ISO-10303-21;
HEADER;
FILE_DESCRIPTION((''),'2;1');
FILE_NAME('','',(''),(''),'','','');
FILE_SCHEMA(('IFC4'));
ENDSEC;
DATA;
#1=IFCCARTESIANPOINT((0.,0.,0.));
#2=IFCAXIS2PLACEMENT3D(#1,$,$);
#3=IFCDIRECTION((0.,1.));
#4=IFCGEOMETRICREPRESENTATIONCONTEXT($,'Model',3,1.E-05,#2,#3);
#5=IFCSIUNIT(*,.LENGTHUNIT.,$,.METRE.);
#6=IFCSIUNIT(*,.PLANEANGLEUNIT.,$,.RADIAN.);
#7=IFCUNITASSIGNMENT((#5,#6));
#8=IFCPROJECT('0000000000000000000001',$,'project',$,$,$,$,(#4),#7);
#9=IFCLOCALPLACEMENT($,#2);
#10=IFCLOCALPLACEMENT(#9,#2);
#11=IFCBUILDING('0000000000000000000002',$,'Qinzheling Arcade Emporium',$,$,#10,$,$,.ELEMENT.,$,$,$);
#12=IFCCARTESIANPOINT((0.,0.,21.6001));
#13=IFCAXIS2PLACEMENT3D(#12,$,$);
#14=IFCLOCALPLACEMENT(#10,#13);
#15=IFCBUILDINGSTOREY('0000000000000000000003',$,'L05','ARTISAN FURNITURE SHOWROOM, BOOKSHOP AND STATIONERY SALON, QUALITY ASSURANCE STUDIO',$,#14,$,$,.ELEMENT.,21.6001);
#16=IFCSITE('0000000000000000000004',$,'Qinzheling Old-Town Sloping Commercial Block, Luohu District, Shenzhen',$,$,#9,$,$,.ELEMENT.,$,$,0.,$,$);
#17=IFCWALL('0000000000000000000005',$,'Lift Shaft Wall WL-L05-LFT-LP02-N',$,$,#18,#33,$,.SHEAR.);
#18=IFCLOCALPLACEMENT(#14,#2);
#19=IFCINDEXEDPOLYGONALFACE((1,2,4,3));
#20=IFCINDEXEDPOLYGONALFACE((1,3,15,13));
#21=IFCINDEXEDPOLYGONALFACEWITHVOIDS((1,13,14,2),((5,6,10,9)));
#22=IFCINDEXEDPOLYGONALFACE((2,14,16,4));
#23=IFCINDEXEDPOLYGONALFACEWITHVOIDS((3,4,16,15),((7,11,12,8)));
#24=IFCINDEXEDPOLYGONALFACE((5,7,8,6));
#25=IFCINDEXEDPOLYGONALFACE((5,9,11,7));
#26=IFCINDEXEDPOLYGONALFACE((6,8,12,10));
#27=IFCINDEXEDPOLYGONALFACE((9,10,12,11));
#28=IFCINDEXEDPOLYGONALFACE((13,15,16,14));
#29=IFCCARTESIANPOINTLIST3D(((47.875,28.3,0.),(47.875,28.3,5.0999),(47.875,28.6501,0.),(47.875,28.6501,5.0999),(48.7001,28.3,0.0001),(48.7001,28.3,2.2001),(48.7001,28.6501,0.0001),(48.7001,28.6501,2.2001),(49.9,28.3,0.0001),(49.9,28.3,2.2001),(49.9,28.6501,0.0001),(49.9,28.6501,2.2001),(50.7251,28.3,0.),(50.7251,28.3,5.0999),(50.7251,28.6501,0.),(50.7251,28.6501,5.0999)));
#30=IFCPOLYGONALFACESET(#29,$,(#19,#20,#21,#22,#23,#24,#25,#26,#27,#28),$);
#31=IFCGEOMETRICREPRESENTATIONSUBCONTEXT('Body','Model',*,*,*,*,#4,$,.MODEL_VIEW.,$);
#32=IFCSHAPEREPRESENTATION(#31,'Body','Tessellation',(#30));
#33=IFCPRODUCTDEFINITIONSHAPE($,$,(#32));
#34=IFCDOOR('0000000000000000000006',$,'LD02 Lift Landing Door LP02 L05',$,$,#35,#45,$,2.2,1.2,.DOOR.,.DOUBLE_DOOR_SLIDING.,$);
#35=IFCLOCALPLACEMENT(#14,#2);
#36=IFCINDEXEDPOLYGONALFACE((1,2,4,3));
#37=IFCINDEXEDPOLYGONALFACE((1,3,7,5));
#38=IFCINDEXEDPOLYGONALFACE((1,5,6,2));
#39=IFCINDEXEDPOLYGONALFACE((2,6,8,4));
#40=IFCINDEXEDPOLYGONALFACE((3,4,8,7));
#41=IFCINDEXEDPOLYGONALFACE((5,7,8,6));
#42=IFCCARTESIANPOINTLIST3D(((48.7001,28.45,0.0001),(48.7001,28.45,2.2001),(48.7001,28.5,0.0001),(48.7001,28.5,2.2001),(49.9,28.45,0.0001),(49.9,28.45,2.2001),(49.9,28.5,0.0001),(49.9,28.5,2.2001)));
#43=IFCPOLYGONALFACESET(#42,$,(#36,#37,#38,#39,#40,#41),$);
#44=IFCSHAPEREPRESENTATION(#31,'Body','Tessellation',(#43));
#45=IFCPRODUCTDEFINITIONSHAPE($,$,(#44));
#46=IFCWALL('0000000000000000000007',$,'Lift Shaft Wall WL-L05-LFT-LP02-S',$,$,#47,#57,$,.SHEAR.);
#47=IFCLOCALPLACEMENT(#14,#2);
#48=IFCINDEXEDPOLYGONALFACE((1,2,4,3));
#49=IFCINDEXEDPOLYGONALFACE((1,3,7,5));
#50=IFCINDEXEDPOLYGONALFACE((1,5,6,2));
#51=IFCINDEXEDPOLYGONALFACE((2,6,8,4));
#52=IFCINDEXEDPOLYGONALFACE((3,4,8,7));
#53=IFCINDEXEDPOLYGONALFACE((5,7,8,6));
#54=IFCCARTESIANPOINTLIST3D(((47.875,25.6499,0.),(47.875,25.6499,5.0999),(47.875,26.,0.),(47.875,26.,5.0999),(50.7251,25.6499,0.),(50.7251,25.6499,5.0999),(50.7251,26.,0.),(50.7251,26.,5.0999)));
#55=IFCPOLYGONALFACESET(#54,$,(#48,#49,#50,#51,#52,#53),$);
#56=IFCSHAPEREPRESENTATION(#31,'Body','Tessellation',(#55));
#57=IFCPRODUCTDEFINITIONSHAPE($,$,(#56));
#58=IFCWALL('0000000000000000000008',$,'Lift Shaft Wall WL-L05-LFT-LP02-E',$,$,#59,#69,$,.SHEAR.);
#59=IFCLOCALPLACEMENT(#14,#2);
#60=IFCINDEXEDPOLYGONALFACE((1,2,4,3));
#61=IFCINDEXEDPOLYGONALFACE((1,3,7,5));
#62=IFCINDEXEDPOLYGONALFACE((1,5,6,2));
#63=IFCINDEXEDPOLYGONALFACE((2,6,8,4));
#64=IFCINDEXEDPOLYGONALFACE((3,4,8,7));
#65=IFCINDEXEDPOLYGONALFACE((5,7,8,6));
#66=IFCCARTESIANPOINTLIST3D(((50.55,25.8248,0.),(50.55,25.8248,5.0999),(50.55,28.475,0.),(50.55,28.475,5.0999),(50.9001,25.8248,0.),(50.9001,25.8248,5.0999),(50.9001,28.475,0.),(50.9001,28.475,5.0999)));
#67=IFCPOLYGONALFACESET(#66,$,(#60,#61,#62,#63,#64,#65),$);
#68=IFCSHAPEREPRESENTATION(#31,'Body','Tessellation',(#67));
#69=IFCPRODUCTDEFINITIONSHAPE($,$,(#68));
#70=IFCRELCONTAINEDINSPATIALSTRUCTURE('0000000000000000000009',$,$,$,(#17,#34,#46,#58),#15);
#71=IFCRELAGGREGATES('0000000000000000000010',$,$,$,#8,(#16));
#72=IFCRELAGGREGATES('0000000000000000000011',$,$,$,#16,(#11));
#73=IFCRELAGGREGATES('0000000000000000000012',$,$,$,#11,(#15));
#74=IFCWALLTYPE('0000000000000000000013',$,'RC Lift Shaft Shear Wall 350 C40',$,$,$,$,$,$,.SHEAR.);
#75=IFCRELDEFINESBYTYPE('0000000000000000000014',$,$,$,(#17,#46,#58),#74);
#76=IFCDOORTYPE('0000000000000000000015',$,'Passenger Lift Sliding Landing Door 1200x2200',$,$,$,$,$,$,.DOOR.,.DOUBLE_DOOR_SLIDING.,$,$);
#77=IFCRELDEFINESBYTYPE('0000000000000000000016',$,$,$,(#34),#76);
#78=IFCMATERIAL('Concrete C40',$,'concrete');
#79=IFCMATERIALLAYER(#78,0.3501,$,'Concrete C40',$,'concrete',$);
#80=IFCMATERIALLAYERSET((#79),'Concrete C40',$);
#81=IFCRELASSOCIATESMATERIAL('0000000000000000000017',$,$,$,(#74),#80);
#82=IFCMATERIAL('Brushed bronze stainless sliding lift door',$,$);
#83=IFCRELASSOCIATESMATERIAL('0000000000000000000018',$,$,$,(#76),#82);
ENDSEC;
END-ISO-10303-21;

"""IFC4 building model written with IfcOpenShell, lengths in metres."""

from ifc_helpers import new_model, si_unit, direction, frame, frame_2d, origin, place, context, subcontext, project, spatial, rectangle, extrude, material, layer, layer_set, type_object, element, fill, save


model = new_model("IFC4")

# Units and contexts
model_context = context("Model", 3, precision=1e-05, world=origin(), true_north=direction((0.0, 1.0)))
body_context = subcontext(model_context, "Body", "Model", "MODEL_VIEW")
ifc_project = project(units=[si_unit("LENGTHUNIT", "METRE"), si_unit("PLANEANGLEUNIT", "RADIAN")], contexts=[model_context])

# Site, building, storey
site_placement = place(None, origin())
site = spatial("IfcSite", under=ifc_project, at=site_placement, Name="Qinzheling Old-Town Sloping Commercial Block, Luohu District, Shenzhen", CompositionType="ELEMENT", RefElevation=0.0)
building_placement = place(site_placement, origin())
building = spatial("IfcBuilding", under=site, at=building_placement, Name="Qinzheling Arcade Emporium", CompositionType="ELEMENT")
storey_placement = place(building_placement, frame((0.0, 0.0, 21.6001)))
storey = spatial("IfcBuildingStorey", under=building, at=storey_placement, Name="L05", Description="ARTISAN FURNITURE SHOWROOM, BOOKSHOP AND STATIONERY SALON, QUALITY ASSURANCE STUDIO", CompositionType="ELEMENT", Elevation=21.6001)

# Shared definitions
ifc_material_1 = material(Name="Concrete C40", Category="concrete")

# Shared definitions
ifc_layer_1 = layer(ifc_material_1, 0.3501, Name="Concrete C40", Category="concrete")
ifc_layer_set_1 = layer_set([ifc_layer_1], Name="Concrete C40")
wall_type_1 = type_object("IfcWallType", Name="RC Lift Shaft Shear Wall 350 C40", PredefinedType="SHEAR", material=ifc_layer_set_1)
ifc_material_2 = material(Name="Brushed bronze stainless sliding lift door")
door_type = type_object("IfcDoorType", Name="Passenger Lift Sliding Landing Door 1200x2200", OperationType="DOUBLE_DOOR_SLIDING", PredefinedType="DOOR", material=ifc_material_2)

# Wall, opening, door
wall_1_placement = place(storey_placement, frame((47.875, 28.4751, 0.0), z_axis=(0.0, 0.0, 1.0), x_axis=(1.0, 0.0, 0.0)))
wall_1 = element("IfcWall", 1, at=wall_1_placement, inside=storey, type_object=wall_type_1, Name="Lift Shaft Wall WL-L05-LFT-LP02-N", PredefinedType="SHEAR", context=body_context, shape_type="SweptSolid", body=[
    extrude(rectangle(XDim=2.8501, YDim=0.3501, at=frame_2d((1.425, 0.0))), origin(), (0.0, 0.0, 1.0), 5.0999),
])
opening_1_placement = place(wall_1_placement, frame((0.825, 0.0, 0.0)))
opening_1 = element("IfcOpeningElement", 2, at=opening_1_placement, cuts=wall_1, PredefinedType="OPENING", context=body_context, shape_type="SweptSolid", body=[
    extrude(rectangle(XDim=1.2, YDim=2.2, at=frame_2d((0.6001, 1.1001))), frame((0.0, 0.1851, 0.0), z_axis=(0.0, -1.0, 0.0), x_axis=(1.0, 0.0, 0.0)), (0.0, 0.0, 1.0), 0.3701),
])
door_1_placement = place(opening_1_placement, origin())
door_1 = element("IfcDoor", 3, at=door_1_placement, inside=storey, type_object=door_type, Name="LD02 Lift Landing Door LP02 L05", OperationType="DOUBLE_DOOR_SLIDING", OverallHeight=2.2, OverallWidth=1.2, PredefinedType="DOOR", context=body_context, shape_type="SweptSolid", body=[
    extrude(rectangle(XDim=1.2, YDim=2.2, at=frame_2d((0.6001, 1.1001))), frame((0.0, 0.0249, 0.0), z_axis=(0.0, -1.0, 0.0), x_axis=(1.0, 0.0, 0.0)), (0.0, 0.0, 1.0), 0.05),
])
fill(opening_1, door_1)

# Walls
wall_2_placement = place(storey_placement, frame((50.7251, 25.825, 0.0), z_axis=(0.0, 0.0, 1.0), x_axis=(-1.0, 0.0, 0.0)))
element("IfcWall", 4, at=wall_2_placement, inside=storey, type_object=wall_type_1, Name="Lift Shaft Wall WL-L05-LFT-LP02-S", PredefinedType="SHEAR", context=body_context, shape_type="SweptSolid", body=[
    extrude(rectangle(XDim=2.8501, YDim=0.3501, at=frame_2d((1.425, 0.0))), origin(), (0.0, 0.0, 1.0), 5.0999),
])
wall_3_placement = place(storey_placement, frame((50.7251, 28.4751, 0.0), z_axis=(0.0, 0.0, 1.0), x_axis=(0.0, -1.0, 0.0)))
element("IfcWall", 5, at=wall_3_placement, inside=storey, type_object=wall_type_1, Name="Lift Shaft Wall WL-L05-LFT-LP02-E", PredefinedType="SHEAR", context=body_context, shape_type="SweptSolid", body=[
    extrude(rectangle(XDim=2.6501, YDim=0.3501, at=frame_2d((1.3252, 0.0))), origin(), (0.0, 0.0, 1.0), 5.0999),
])

save(model, "model.ifc")
